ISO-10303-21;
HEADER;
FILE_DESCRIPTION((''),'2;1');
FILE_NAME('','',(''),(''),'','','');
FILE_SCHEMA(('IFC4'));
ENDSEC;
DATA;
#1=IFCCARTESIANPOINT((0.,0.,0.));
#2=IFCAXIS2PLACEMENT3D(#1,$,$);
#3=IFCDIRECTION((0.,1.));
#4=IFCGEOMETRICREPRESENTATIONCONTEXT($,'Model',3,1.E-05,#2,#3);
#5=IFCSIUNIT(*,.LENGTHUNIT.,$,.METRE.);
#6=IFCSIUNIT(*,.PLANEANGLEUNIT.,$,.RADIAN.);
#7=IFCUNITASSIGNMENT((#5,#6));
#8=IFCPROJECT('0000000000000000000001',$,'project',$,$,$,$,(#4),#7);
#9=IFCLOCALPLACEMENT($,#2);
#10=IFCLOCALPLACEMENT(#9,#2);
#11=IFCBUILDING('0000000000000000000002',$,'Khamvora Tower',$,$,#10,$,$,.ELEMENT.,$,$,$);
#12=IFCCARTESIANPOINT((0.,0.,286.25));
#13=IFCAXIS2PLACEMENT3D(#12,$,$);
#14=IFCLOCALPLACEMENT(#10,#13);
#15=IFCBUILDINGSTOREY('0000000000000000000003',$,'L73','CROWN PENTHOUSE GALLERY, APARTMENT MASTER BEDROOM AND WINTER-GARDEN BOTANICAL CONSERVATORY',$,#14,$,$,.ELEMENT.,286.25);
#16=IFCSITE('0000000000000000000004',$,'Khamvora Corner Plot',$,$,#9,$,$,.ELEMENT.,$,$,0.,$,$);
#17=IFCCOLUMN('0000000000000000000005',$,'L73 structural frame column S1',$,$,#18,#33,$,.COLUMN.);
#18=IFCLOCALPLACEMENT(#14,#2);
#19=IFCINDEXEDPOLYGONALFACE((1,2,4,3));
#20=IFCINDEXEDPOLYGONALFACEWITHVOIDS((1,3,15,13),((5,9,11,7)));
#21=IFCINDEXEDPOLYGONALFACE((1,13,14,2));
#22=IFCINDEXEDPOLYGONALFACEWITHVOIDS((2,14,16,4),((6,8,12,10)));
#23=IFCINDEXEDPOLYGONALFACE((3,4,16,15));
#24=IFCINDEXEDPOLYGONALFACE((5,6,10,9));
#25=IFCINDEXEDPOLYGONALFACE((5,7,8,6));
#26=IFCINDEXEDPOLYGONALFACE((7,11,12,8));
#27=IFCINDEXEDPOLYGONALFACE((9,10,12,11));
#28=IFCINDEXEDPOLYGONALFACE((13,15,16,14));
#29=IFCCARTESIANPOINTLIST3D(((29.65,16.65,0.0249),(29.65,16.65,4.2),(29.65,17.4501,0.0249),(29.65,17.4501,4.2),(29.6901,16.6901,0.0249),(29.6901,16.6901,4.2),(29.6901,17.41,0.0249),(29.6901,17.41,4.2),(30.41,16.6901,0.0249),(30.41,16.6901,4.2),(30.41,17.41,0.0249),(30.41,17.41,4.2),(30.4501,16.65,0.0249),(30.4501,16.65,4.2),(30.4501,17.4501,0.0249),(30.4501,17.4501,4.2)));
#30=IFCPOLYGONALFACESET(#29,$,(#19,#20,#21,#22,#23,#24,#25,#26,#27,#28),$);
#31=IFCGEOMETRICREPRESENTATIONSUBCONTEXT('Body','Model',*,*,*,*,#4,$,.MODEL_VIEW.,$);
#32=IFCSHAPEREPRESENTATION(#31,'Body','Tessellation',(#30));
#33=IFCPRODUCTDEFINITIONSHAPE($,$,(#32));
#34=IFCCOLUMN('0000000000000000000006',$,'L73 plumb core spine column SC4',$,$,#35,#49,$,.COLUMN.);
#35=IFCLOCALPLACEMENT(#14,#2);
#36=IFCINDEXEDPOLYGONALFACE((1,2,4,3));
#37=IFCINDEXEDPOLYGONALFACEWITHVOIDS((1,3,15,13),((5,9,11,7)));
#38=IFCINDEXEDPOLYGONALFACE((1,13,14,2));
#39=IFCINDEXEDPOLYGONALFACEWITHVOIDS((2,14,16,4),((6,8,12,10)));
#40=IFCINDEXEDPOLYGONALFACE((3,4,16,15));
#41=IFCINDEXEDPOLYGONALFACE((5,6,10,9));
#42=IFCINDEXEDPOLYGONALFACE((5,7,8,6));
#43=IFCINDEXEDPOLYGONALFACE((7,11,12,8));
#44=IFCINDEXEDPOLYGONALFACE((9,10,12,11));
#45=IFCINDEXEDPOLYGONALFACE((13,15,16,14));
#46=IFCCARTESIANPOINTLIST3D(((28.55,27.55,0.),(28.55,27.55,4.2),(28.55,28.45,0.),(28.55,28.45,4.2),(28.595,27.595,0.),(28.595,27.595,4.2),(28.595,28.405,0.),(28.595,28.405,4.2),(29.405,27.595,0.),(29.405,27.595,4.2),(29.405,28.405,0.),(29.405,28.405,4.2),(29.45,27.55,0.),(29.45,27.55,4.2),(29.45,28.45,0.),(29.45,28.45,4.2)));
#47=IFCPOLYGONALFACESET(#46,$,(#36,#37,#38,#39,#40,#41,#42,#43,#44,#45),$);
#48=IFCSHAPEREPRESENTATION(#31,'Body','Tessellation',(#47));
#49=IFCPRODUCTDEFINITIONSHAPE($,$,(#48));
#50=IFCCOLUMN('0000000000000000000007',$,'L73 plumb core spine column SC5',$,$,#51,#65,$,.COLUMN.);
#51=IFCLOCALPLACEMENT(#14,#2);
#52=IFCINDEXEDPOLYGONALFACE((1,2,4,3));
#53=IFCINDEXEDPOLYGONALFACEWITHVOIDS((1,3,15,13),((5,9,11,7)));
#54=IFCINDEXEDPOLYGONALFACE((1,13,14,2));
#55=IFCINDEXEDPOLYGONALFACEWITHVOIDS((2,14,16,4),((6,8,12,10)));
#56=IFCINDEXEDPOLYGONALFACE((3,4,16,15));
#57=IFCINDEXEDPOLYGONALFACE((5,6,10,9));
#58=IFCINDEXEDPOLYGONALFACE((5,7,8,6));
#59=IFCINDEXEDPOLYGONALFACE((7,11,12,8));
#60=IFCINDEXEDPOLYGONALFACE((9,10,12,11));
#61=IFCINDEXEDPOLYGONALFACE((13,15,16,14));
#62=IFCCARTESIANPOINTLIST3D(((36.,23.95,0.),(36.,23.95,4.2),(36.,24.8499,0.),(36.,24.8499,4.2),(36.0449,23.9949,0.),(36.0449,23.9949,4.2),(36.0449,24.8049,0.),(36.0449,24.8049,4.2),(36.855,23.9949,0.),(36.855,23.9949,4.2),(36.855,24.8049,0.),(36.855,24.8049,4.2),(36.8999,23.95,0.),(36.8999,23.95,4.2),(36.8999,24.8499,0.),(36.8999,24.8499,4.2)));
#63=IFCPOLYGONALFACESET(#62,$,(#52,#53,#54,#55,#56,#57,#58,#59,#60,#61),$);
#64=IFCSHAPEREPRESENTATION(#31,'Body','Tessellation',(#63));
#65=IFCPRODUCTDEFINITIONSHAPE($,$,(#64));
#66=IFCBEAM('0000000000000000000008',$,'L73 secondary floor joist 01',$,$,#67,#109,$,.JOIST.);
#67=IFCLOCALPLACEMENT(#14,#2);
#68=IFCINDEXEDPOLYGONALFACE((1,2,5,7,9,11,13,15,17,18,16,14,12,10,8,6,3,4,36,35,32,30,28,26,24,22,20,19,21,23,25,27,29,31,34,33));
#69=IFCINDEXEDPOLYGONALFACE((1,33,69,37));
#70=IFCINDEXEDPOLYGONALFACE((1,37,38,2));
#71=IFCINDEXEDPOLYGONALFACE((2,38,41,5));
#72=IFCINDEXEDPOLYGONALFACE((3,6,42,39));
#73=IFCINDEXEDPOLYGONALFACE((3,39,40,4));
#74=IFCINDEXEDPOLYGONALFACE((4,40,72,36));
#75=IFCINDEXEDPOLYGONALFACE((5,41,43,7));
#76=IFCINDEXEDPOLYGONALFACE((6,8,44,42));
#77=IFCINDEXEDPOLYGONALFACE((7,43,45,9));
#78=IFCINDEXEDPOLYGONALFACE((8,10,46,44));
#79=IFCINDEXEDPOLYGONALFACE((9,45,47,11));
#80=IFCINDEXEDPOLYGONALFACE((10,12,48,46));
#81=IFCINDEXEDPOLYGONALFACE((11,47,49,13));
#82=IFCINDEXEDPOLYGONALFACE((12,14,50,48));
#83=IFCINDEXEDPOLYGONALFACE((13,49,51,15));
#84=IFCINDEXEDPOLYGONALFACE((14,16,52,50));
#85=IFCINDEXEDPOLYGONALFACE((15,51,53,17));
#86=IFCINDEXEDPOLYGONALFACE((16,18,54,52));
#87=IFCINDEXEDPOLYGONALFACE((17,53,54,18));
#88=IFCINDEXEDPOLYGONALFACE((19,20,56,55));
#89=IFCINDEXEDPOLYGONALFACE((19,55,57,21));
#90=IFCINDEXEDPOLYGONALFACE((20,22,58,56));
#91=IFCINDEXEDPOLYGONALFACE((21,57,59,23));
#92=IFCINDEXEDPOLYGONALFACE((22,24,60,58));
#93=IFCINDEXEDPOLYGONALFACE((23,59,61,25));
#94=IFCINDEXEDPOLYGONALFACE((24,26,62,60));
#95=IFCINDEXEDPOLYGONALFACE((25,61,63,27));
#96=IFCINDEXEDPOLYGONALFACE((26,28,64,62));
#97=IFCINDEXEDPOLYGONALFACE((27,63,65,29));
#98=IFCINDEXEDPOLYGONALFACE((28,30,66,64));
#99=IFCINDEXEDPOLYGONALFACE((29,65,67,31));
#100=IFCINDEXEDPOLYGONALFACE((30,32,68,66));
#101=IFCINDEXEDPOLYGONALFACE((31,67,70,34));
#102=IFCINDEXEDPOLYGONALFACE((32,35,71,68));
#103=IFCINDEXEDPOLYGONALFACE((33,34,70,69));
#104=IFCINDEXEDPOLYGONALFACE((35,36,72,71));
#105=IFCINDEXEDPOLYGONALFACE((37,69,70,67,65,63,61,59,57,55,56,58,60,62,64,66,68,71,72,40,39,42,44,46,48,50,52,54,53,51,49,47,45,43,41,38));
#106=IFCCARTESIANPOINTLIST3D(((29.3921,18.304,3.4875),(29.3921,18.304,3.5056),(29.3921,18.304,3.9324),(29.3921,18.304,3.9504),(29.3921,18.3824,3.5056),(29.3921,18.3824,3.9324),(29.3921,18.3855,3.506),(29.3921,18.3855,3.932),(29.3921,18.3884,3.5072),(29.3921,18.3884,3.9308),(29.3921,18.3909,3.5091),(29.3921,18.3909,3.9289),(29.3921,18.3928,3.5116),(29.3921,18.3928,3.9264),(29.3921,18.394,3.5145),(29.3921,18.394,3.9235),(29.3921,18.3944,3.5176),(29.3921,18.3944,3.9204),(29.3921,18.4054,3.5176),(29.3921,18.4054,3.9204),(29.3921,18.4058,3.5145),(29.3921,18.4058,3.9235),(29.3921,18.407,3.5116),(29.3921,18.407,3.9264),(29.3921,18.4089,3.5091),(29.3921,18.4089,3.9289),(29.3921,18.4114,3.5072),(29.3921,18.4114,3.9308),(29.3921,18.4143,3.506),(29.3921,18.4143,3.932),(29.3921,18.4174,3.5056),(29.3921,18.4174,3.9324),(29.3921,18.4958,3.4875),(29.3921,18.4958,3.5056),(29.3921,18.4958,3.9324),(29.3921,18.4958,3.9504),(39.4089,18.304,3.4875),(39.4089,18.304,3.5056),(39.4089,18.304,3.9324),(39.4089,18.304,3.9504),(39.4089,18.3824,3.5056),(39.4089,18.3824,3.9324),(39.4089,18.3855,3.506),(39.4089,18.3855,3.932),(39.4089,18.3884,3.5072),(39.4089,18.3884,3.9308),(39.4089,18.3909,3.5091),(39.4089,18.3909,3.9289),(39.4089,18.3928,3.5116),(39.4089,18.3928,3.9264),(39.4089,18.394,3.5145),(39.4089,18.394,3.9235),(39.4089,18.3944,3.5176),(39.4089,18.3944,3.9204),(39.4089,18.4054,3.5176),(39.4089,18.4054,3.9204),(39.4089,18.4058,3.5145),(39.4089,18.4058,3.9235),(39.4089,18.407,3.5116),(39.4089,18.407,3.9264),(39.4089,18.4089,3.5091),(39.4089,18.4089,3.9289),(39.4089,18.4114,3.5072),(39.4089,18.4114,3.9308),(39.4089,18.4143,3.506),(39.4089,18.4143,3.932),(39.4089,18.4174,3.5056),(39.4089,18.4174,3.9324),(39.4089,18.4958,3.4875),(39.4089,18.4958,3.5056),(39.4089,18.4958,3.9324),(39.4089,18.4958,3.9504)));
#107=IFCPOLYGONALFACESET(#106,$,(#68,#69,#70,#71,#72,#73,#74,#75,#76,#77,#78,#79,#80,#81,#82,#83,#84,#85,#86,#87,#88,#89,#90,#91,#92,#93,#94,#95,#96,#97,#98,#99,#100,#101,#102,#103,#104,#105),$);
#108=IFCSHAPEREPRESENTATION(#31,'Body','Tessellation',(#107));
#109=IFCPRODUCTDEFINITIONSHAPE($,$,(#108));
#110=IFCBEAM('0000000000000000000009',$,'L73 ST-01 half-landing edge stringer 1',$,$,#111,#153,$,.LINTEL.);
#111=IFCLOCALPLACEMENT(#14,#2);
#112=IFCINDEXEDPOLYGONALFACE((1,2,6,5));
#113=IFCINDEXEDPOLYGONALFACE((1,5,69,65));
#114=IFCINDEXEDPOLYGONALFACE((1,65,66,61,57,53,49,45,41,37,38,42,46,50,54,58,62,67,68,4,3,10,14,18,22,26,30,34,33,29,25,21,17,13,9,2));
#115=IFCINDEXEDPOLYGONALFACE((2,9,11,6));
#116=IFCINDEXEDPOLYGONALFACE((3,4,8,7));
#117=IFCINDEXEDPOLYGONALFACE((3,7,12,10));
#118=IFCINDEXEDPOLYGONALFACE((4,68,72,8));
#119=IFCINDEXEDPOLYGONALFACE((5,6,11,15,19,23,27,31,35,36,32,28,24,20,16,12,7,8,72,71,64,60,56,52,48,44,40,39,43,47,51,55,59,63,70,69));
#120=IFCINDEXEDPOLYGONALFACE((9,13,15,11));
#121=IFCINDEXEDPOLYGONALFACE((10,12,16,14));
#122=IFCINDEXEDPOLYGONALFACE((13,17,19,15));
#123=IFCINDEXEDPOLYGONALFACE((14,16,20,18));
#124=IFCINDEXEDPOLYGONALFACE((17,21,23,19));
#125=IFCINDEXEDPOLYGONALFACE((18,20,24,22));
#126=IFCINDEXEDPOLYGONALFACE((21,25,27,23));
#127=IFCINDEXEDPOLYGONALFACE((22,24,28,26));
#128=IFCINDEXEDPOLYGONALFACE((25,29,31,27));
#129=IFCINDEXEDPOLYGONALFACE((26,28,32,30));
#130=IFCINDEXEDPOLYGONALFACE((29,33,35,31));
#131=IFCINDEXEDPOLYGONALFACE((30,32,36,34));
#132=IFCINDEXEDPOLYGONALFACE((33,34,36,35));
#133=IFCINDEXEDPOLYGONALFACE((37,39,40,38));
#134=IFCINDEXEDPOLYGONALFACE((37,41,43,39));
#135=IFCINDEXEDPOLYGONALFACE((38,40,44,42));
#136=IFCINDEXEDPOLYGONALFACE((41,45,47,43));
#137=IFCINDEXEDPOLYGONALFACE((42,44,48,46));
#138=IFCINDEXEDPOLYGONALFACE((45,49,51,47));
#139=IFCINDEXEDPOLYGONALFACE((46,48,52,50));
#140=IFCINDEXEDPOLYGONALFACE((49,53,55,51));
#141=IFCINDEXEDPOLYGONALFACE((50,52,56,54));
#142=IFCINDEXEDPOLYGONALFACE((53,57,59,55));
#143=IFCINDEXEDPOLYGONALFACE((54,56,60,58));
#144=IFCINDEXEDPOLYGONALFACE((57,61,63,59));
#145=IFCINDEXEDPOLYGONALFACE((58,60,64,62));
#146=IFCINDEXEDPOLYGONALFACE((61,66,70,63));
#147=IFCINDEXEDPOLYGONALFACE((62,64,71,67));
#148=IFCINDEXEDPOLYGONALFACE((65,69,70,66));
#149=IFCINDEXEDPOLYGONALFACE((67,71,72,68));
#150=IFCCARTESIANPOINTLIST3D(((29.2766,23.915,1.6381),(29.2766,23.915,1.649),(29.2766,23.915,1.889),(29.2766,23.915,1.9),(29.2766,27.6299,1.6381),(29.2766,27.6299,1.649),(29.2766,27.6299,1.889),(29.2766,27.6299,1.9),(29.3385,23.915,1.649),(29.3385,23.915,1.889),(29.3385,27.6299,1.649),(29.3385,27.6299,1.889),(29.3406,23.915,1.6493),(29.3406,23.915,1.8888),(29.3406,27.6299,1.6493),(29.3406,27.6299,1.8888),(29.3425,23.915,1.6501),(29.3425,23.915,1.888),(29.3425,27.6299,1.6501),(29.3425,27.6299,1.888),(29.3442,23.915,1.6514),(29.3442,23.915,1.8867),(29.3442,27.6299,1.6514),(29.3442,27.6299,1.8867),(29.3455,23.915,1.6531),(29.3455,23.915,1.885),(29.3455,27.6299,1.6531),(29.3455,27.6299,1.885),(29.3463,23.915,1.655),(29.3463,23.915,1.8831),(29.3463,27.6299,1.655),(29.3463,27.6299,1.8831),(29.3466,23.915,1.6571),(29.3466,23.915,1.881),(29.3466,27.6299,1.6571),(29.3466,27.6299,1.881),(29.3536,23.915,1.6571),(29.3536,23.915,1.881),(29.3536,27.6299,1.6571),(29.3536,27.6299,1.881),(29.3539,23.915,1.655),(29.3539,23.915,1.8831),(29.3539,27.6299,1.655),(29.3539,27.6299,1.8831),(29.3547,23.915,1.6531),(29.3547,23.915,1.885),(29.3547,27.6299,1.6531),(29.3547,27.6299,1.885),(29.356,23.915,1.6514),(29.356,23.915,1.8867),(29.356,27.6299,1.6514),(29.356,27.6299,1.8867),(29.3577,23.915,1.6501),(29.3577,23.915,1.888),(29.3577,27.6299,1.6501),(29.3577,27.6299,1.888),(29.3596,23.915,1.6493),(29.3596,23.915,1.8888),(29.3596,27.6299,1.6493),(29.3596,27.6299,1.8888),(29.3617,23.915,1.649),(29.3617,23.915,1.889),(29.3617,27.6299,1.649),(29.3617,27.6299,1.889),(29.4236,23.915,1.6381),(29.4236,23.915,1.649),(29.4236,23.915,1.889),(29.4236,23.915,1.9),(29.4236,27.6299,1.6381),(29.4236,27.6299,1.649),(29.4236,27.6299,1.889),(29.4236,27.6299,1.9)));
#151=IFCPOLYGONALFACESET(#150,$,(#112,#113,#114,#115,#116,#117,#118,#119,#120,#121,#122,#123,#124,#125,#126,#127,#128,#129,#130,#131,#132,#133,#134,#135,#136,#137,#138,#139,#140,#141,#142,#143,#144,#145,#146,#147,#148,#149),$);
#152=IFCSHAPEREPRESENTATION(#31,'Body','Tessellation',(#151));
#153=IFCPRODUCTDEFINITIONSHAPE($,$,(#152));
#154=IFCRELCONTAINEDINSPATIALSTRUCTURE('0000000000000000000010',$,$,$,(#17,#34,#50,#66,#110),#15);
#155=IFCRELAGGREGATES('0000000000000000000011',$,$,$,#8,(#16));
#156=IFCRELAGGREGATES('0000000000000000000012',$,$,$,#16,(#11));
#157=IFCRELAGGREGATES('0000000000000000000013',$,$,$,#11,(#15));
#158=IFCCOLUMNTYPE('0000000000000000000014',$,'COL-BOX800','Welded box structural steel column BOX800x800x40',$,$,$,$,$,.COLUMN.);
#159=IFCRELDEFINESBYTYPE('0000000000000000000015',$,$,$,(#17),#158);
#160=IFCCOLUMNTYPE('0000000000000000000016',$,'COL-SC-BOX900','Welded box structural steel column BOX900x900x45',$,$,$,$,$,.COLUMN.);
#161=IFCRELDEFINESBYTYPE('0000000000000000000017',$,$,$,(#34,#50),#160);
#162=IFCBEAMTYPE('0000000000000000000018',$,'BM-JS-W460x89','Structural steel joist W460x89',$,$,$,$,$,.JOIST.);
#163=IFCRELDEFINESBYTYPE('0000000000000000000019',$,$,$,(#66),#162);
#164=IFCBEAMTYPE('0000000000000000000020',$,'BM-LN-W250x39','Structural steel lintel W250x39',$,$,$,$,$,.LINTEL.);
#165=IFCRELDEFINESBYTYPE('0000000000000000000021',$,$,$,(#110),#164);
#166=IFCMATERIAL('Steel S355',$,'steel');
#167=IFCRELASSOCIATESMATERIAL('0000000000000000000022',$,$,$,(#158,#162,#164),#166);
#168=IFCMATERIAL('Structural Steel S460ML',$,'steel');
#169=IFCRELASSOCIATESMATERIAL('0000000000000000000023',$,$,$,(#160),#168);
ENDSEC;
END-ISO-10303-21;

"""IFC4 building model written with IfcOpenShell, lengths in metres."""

from ifc_helpers import new_model, si_unit, direction, frame, origin, origin_2d, place, context, subcontext, project, spatial, hollow_rectangle, i_section, extrude, material, material_profile, profile_set, type_object, element, save


model = new_model("IFC4")

# Units and contexts
model_context = context("Model", 3, precision=1e-05, world=origin(), true_north=direction((0.0, 1.0)))
body_context = subcontext(model_context, "Body", "Model", "MODEL_VIEW")
ifc_project = project(units=[si_unit("LENGTHUNIT", "METRE"), si_unit("PLANEANGLEUNIT", "RADIAN")], contexts=[model_context])

# Site, building, storey
site_placement = place(None, origin())
site = spatial("IfcSite", under=ifc_project, at=site_placement, Name="Khamvora Corner Plot", CompositionType="ELEMENT", RefElevation=0.0)
building_placement = place(site_placement, origin())
building = spatial("IfcBuilding", under=site, at=building_placement, Name="Khamvora Tower", CompositionType="ELEMENT")
storey_placement = place(building_placement, frame((0.0, 0.0, 286.25)))
storey = spatial("IfcBuildingStorey", under=building, at=storey_placement, Name="L73", Description="CROWN PENTHOUSE GALLERY, APARTMENT MASTER BEDROOM AND WINTER-GARDEN BOTANICAL CONSERVATORY", CompositionType="ELEMENT", Elevation=286.25)

# Columns
ifc_material_1 = material(Name="Steel S355", Category="steel")
ifc_material_profile_1 = material_profile(ifc_material_1, hollow_rectangle(XDim=0.8, YDim=0.8, WallThickness=0.04, at=origin_2d()), Name="BOX800x800x40")
ifc_profile_set_1 = profile_set([ifc_material_profile_1], Name="Steel S355")
column_type_1 = type_object("IfcColumnType", Name="COL-BOX800", Description="Welded box structural steel column BOX800x800x40", PredefinedType="COLUMN", material=ifc_profile_set_1)
column_placement = place(storey_placement, frame((30.05, 17.05, 0.0249), z_axis=(0.0, 0.0, 1.0), x_axis=(1.0, 0.0, 0.0)))
element("IfcColumn", 1, at=column_placement, inside=storey, type_object=column_type_1, Name="L73 structural frame column S1", PredefinedType="COLUMN", context=body_context, shape_type="SweptSolid", body=[
    extrude(hollow_rectangle(XDim=0.8, YDim=0.8, WallThickness=0.04, at=origin_2d()), origin(), (0.0, 0.0, 1.0), 4.175),
])
ifc_material_2 = material(Name="Structural Steel S460ML", Category="steel")
ifc_material_profile_2 = material_profile(ifc_material_2, hollow_rectangle(XDim=0.8999, YDim=0.8999, WallThickness=0.0449, at=origin_2d()), Name="BOX900x900x45")
ifc_profile_set_2 = profile_set([ifc_material_profile_2], Name="Structural Steel S460ML")
column_type_2 = type_object("IfcColumnType", Name="COL-SC-BOX900", Description="Welded box structural steel column BOX900x900x45", PredefinedType="COLUMN", material=ifc_profile_set_2)
for number, where, z_axis, x_axis, name in (
    (2, (29.0, 28.0, 0.0), (0.0, 0.0, 1.0), (1.0, 0.0, 0.0), "L73 plumb core spine column SC4"),
    (3, (36.45, 24.3999, 0.0), (0.0, 0.0, 1.0), (1.0, 0.0, 0.0), "L73 plumb core spine column SC5"),
):
    element("IfcColumn", number, at=place(storey_placement, frame(where, z_axis=z_axis, x_axis=x_axis)), inside=storey, type_object=column_type_2, Name=name, PredefinedType="COLUMN", context=body_context, shape_type="SweptSolid", body=[
        extrude(hollow_rectangle(XDim=0.8999, YDim=0.8999, WallThickness=0.0449, at=origin_2d()), origin(), (0.0, 0.0, 1.0), 4.2),
    ])

# Beams
ifc_material_profile_3 = material_profile(ifc_material_1, i_section(OverallWidth=0.1919, OverallDepth=0.4629, WebThickness=0.011, FlangeThickness=0.0181, FilletRadius=0.012, at=origin_2d()), Name="W460x89")
ifc_profile_set_3 = profile_set([ifc_material_profile_3], Name="Steel S355")
beam_type_1 = type_object("IfcBeamType", Name="BM-JS-W460x89", Description="Structural steel joist W460x89", PredefinedType="JOIST", material=ifc_profile_set_3)
beam_1_placement = place(storey_placement, frame((29.3921, 18.3999, 3.719), z_axis=(1.0, 0.0, 0.0), x_axis=(0.0, 1.0, 0.0)))
element("IfcBeam", 4, at=beam_1_placement, inside=storey, type_object=beam_type_1, Name="L73 secondary floor joist 01", PredefinedType="JOIST", context=body_context, shape_type="SweptSolid", body=[
    extrude(i_section(OverallWidth=0.1919, OverallDepth=0.4629, WebThickness=0.011, FlangeThickness=0.0181, FilletRadius=0.012, at=origin_2d()), origin(), (0.0, 0.0, 1.0), 10.0168),
])
ifc_material_profile_4 = material_profile(ifc_material_1, i_section(OverallWidth=0.147, OverallDepth=0.262, WebThickness=0.0071, FlangeThickness=0.011, FilletRadius=0.0081, at=origin_2d()), Name="W250x39")
ifc_profile_set_4 = profile_set([ifc_material_profile_4], Name="Steel S355")
beam_type_2 = type_object("IfcBeamType", Name="BM-LN-W250x39", Description="Structural steel lintel W250x39", PredefinedType="LINTEL", material=ifc_profile_set_4)
beam_2_placement = place(storey_placement, frame((29.3501, 23.915, 1.769), z_axis=(0.0, 1.0, 0.0), x_axis=(-1.0, 0.0, 0.0)))
element("IfcBeam", 5, at=beam_2_placement, inside=storey, type_object=beam_type_2, Name="L73 ST-01 half-landing edge stringer 1", PredefinedType="LINTEL", context=body_context, shape_type="SweptSolid", body=[
    extrude(i_section(OverallWidth=0.147, OverallDepth=0.262, WebThickness=0.0071, FlangeThickness=0.011, FilletRadius=0.0081, at=origin_2d()), origin(), (0.0, 0.0, 1.0), 3.7148),
])

save(model, "model.ifc")
